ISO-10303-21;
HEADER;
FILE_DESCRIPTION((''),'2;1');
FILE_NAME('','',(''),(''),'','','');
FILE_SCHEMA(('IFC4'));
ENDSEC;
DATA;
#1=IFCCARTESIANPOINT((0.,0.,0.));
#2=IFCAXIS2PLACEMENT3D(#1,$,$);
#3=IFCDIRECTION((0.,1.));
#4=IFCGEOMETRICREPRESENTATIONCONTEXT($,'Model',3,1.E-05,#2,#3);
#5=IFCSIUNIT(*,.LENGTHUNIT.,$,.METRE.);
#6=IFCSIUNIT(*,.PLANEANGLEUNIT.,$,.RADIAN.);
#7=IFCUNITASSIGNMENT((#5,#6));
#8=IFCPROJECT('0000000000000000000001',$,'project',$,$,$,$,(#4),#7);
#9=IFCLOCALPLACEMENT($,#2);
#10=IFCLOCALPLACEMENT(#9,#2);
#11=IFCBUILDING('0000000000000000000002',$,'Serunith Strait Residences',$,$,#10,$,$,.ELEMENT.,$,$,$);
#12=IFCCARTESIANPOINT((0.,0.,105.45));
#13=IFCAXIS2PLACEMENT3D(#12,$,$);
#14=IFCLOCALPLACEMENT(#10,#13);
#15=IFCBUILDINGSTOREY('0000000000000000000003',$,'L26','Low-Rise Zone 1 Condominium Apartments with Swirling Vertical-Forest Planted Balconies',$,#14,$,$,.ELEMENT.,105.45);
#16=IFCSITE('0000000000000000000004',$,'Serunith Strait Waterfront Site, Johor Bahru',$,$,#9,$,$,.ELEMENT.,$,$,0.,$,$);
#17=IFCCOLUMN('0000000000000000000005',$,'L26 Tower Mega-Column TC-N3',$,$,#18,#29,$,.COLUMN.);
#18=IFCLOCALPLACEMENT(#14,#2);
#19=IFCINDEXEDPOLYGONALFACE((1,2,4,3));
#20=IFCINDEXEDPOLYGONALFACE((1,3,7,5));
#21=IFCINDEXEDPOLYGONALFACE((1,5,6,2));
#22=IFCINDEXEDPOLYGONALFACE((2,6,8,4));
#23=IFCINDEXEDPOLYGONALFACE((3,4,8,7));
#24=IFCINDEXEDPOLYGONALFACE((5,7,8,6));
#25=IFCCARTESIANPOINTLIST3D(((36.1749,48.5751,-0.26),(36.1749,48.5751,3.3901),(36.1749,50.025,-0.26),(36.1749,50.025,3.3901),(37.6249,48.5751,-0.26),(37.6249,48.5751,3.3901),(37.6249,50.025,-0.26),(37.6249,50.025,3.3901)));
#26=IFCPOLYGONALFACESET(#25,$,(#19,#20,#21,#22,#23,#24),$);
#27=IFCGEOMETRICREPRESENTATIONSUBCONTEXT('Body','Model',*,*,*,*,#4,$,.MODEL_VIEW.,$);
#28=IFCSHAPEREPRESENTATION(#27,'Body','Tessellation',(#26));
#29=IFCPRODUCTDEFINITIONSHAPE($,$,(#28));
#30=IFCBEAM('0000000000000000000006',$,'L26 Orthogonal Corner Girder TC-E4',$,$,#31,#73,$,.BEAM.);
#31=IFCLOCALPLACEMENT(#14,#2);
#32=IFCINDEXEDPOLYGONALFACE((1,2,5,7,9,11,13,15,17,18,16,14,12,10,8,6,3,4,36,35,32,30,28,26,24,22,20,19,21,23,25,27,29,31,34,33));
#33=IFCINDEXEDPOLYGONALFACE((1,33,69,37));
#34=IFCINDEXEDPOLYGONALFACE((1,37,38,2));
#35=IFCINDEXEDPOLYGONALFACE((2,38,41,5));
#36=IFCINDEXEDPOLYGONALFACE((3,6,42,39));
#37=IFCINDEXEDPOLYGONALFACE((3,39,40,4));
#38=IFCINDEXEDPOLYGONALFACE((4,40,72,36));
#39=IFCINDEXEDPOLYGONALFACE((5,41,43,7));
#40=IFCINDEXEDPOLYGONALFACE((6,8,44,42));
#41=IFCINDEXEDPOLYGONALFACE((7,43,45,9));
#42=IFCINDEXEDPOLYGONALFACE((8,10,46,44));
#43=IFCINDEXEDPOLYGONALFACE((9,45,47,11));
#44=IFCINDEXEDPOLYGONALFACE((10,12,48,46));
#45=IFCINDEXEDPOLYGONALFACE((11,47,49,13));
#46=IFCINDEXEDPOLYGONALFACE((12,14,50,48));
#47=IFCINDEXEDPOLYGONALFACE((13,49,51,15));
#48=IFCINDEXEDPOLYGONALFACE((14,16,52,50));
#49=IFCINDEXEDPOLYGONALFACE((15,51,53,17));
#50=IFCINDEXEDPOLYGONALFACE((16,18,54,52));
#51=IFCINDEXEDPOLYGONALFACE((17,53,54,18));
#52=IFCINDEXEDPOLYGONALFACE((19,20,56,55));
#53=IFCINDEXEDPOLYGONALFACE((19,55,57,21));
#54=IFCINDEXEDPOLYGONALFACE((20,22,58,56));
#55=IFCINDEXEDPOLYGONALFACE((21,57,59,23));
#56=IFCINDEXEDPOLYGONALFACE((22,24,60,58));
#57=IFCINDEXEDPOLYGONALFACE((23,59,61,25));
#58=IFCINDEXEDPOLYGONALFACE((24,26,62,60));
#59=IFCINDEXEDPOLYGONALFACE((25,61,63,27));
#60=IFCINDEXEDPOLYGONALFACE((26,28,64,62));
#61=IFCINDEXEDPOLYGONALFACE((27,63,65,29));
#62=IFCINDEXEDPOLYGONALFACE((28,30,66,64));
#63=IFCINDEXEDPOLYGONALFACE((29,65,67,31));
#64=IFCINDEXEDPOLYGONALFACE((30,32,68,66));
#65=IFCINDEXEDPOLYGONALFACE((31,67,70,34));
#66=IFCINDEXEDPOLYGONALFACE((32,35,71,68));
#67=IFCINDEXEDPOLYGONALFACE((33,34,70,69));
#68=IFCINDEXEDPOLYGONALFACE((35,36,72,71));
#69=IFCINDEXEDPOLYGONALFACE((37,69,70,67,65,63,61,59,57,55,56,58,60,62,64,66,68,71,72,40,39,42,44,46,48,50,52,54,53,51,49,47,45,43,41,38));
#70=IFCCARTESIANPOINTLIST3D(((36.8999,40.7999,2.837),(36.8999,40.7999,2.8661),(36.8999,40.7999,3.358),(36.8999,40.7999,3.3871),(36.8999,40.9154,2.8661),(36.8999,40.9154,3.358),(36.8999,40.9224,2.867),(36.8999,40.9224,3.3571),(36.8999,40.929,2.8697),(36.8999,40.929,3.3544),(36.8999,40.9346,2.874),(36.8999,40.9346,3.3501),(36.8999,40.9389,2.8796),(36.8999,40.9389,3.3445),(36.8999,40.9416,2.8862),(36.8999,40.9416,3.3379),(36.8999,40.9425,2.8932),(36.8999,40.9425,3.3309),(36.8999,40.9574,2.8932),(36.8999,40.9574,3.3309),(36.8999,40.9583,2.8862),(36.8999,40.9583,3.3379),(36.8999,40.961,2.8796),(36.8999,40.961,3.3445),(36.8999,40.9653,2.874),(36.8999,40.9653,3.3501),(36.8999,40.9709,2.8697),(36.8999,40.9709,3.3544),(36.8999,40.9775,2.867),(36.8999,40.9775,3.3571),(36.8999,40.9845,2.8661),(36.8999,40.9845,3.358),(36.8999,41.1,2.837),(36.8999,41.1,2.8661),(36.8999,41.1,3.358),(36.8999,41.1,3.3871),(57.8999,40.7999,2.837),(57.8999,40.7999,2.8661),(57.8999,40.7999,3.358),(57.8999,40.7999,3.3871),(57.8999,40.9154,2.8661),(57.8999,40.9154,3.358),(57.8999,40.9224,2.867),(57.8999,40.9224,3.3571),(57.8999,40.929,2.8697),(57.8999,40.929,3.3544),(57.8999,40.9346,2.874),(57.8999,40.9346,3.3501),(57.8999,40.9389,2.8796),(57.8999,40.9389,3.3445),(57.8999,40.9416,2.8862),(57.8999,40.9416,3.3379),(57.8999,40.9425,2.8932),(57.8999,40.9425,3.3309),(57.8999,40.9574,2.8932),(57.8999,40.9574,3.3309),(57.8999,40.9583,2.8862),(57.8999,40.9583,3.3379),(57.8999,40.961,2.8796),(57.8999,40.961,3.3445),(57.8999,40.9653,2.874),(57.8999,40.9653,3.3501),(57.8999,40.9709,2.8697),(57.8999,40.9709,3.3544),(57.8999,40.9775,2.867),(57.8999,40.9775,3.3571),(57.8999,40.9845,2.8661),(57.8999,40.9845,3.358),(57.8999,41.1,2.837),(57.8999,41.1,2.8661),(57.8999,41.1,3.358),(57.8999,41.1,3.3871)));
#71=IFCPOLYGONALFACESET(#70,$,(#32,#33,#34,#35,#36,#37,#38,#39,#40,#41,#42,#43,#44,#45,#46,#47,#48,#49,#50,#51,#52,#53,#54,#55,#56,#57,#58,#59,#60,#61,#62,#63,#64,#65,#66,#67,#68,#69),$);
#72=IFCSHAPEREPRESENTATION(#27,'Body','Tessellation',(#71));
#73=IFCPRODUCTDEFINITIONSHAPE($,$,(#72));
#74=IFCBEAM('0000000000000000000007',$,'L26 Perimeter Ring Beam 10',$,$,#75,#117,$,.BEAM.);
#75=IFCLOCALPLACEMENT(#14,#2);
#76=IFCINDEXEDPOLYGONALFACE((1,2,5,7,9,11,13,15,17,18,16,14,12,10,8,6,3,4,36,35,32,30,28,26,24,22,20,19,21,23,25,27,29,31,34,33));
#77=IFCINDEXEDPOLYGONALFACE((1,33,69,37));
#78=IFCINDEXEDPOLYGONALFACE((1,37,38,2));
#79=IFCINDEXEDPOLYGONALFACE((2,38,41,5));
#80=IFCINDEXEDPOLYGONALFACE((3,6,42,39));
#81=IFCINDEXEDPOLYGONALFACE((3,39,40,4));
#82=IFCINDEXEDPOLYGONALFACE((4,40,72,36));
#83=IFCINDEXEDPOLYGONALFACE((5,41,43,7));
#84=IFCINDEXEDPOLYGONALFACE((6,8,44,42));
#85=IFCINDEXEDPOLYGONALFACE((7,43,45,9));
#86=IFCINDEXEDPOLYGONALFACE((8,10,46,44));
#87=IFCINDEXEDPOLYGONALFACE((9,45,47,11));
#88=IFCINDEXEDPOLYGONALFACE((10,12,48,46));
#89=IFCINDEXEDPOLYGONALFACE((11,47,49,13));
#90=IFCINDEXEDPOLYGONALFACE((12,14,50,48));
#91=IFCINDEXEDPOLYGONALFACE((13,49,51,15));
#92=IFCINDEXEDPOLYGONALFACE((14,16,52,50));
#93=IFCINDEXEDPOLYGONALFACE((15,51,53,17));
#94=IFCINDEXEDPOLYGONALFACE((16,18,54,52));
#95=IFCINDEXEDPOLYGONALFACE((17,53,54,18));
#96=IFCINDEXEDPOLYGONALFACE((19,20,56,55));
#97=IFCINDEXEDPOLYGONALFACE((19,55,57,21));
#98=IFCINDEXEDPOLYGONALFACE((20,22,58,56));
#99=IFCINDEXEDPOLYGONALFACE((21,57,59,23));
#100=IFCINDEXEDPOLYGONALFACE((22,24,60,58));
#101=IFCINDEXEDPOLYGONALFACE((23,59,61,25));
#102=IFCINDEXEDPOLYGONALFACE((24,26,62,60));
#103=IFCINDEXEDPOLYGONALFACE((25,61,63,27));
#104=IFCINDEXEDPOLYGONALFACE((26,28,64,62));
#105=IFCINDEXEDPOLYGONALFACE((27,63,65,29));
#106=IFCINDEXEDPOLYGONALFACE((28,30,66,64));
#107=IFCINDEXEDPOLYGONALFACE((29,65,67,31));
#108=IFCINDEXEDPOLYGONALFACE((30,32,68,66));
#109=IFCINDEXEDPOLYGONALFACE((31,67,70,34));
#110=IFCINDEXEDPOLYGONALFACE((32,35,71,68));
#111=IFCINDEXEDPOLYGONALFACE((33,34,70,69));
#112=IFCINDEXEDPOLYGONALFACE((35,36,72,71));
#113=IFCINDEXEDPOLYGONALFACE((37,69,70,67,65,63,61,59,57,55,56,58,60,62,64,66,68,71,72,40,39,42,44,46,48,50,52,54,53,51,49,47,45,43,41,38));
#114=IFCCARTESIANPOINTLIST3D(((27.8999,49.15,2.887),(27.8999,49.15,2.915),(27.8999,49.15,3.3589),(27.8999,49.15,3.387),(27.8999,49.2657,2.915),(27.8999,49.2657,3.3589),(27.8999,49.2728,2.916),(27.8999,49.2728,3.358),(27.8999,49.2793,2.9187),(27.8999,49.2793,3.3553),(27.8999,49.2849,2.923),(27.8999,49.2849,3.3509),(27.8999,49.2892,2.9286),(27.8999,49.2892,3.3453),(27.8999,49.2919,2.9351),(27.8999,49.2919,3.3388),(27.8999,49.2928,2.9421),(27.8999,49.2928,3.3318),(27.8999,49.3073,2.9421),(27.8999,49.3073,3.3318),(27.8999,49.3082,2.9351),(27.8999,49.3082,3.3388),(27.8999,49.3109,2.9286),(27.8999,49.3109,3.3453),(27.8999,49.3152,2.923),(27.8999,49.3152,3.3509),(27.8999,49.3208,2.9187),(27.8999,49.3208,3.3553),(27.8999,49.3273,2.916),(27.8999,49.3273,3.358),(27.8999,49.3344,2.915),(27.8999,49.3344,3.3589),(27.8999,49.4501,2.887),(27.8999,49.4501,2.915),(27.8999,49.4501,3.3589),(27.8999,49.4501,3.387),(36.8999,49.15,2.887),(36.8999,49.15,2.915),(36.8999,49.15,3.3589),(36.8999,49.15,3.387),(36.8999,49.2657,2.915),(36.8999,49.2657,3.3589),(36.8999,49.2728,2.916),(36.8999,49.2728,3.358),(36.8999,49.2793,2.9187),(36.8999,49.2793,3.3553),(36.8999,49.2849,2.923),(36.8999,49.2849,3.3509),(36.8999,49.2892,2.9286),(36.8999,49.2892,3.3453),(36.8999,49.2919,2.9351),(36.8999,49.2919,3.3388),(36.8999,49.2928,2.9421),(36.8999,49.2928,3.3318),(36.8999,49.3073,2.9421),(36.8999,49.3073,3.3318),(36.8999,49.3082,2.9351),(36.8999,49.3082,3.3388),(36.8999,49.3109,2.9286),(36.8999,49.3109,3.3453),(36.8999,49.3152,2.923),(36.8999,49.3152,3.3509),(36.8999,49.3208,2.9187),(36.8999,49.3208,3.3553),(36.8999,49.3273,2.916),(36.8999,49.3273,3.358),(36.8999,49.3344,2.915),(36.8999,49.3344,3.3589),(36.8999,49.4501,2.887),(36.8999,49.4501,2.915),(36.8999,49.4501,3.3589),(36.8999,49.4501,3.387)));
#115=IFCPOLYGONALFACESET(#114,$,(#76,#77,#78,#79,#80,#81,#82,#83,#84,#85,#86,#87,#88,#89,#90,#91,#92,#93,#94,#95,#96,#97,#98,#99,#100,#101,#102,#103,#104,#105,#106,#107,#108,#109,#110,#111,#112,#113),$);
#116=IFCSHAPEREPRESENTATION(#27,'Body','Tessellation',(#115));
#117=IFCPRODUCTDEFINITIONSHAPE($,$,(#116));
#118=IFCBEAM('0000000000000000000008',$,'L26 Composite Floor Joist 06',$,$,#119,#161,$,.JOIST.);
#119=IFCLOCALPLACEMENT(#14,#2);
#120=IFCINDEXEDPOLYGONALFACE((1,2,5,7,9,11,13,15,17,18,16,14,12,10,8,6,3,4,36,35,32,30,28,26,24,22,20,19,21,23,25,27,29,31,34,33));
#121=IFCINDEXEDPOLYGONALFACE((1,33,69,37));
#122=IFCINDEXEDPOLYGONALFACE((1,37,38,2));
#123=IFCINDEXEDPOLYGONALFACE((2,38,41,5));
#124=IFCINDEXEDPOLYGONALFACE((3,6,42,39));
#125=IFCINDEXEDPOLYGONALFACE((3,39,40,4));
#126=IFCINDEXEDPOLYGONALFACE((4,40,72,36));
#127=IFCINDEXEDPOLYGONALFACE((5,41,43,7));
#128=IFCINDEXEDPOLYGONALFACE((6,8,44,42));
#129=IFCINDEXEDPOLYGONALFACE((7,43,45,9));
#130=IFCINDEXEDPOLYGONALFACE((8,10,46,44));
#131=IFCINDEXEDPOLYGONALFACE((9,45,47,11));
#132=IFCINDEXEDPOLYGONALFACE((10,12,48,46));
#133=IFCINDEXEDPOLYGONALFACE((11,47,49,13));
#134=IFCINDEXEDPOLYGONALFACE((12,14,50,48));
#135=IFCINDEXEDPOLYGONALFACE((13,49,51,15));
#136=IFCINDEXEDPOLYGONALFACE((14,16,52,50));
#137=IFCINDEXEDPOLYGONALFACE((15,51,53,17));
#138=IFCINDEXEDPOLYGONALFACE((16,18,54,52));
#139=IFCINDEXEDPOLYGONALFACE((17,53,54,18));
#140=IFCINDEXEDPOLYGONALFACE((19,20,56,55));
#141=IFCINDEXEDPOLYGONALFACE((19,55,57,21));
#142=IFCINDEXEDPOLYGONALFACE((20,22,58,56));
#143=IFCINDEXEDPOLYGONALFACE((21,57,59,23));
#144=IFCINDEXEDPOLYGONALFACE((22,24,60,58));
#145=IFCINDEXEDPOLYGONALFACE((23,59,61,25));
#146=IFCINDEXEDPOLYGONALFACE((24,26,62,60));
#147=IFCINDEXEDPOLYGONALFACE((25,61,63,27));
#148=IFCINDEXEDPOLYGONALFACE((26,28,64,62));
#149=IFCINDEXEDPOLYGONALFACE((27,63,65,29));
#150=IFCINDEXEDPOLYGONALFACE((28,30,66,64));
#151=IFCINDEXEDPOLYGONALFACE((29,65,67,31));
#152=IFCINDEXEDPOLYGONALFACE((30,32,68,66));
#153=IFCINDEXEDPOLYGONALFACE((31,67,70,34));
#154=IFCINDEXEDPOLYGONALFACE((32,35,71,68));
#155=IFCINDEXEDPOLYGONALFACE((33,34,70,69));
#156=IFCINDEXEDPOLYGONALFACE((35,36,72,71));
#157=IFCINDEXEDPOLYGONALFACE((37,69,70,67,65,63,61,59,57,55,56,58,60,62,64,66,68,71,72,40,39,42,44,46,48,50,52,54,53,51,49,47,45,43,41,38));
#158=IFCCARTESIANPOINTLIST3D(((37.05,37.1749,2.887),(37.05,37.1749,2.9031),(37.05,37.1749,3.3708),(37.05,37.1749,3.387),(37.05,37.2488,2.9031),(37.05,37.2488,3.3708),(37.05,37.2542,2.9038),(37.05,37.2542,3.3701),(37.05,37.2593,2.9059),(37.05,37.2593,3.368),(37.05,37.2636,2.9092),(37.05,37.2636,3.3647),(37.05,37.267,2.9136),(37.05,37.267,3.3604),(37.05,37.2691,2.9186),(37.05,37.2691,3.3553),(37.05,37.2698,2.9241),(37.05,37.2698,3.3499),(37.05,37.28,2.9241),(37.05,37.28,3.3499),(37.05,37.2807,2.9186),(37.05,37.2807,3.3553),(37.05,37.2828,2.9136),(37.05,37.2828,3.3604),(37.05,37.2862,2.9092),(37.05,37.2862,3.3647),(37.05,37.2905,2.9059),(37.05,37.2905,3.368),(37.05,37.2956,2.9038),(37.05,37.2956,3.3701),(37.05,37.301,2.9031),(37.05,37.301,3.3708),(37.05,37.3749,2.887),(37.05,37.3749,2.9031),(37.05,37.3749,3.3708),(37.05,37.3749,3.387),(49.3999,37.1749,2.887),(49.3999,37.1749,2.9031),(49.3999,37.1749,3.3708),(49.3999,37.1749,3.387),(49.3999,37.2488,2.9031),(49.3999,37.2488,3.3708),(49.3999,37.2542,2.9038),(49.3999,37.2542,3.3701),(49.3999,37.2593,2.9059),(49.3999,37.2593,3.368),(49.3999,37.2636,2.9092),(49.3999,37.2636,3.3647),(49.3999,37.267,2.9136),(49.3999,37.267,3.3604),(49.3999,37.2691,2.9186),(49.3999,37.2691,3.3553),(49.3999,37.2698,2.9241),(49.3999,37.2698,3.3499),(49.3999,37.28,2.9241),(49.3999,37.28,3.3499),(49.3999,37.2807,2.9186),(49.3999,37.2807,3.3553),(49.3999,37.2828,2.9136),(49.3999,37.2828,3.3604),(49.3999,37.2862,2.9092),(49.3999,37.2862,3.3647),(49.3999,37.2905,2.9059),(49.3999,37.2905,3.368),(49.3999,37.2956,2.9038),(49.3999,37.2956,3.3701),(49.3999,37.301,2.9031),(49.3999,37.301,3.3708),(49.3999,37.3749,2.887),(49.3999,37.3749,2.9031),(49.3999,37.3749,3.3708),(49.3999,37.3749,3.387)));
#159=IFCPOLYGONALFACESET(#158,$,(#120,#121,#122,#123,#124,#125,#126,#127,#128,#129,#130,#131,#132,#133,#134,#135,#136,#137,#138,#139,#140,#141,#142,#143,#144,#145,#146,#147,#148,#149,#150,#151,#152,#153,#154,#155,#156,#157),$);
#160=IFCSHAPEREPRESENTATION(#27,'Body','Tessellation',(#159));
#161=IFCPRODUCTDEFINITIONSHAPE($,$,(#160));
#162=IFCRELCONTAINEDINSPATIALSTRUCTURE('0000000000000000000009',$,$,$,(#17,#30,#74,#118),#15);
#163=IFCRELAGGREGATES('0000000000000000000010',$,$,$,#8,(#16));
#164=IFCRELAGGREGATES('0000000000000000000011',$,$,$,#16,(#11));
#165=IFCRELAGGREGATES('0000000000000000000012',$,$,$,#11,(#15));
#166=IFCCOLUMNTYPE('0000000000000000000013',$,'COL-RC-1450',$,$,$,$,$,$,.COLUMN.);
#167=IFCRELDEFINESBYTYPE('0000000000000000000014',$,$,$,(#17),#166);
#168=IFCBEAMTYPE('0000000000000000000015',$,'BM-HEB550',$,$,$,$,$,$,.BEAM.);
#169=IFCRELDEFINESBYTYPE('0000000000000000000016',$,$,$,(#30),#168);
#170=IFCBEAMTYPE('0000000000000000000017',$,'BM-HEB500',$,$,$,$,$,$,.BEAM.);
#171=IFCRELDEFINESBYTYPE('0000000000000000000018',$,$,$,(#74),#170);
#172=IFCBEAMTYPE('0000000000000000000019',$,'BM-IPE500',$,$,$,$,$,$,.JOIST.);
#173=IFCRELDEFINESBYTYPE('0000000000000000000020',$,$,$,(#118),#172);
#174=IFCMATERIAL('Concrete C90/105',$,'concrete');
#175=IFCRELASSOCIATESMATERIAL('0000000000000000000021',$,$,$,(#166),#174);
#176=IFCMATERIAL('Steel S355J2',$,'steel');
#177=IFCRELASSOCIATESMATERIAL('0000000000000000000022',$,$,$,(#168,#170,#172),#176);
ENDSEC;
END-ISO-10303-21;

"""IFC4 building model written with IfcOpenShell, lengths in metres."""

from ifc_helpers import new_model, si_unit, direction, frame, origin, origin_2d, place, context, subcontext, project, spatial, rectangle, i_section, extrude, source, transform, mapped, material, material_profile, profile_set, type_object, element, save


model = new_model("IFC4")

# Units and contexts
model_context = context("Model", 3, precision=1e-05, world=origin(), true_north=direction((0.0, 1.0)))
body_context = subcontext(model_context, "Body", "Model", "MODEL_VIEW")
ifc_project = project(units=[si_unit("LENGTHUNIT", "METRE"), si_unit("PLANEANGLEUNIT", "RADIAN")], contexts=[model_context])

# Site, building, storey
site_placement = place(None, origin())
site = spatial("IfcSite", under=ifc_project, at=site_placement, Name="Serunith Strait Waterfront Site, Johor Bahru", CompositionType="ELEMENT", RefElevation=0.0)
building_placement = place(site_placement, origin())
building = spatial("IfcBuilding", under=site, at=building_placement, Name="Serunith Strait Residences", CompositionType="ELEMENT")
storey_placement = place(building_placement, frame((0.0, 0.0, 105.45)))
storey = spatial("IfcBuildingStorey", under=building, at=storey_placement, Name="L26", Description="Low-Rise Zone 1 Condominium Apartments with Swirling Vertical-Forest Planted Balconies", CompositionType="ELEMENT", Elevation=105.45)

# Column
ifc_material_1 = material(Name="Concrete C90/105", Category="concrete")
ifc_material_profile_1 = material_profile(ifc_material_1, rectangle(XDim=1.45, YDim=1.45, at=origin_2d()), Name="RC 1450x1450")
ifc_profile_set_1 = profile_set([ifc_material_profile_1], Name="Concrete C90/105")
column_type = type_object("IfcColumnType", Name="COL-RC-1450", PredefinedType="COLUMN", material=ifc_profile_set_1)
shared_shape_1 = source(origin(), body_context, "Body", "SweptSolid", [
    extrude(rectangle(XDim=1.45, YDim=1.45, at=origin_2d()), origin(), (0.0, 0.0, 1.0), 3.6501),
])
column_placement = place(storey_placement, frame((36.8999, 49.3, -0.26), z_axis=(0.0, 0.0, 1.0), x_axis=(1.0, 0.0, 0.0)))
element("IfcColumn", 1, at=column_placement, inside=storey, type_object=column_type, Name="L26 Tower Mega-Column TC-N3", PredefinedType="COLUMN", context=body_context, shape_type="MappedRepresentation", body=[
    mapped(shared_shape_1, transform((0.0, 0.0, 0.0), scale=1.0)),
])

# Beams
ifc_material_2 = material(Name="Steel S355J2", Category="steel")
ifc_material_profile_2 = material_profile(ifc_material_2, i_section(OverallWidth=0.3, OverallDepth=0.55, WebThickness=0.0149, FlangeThickness=0.0291, FilletRadius=0.0271, at=origin_2d()), Name="HEB 550")
ifc_profile_set_2 = profile_set([ifc_material_profile_2], Name="Steel S355J2")
beam_type_1 = type_object("IfcBeamType", Name="BM-HEB550", PredefinedType="BEAM", material=ifc_profile_set_2)
shared_shape_2 = source(origin(), body_context, "Body", "SweptSolid", [
    extrude(i_section(OverallWidth=0.3, OverallDepth=0.55, WebThickness=0.0149, FlangeThickness=0.0291, FilletRadius=0.0271, at=origin_2d()), origin(), (0.0, 0.0, 1.0), 21.0),
])
beam_1_placement = place(storey_placement, frame((36.8999, 40.95, 3.1121), z_axis=(1.0, 0.0, 0.0), x_axis=(0.0, 1.0, 0.0)))
element("IfcBeam", 2, at=beam_1_placement, inside=storey, type_object=beam_type_1, Name="L26 Orthogonal Corner Girder TC-E4", PredefinedType="BEAM", context=body_context, shape_type="MappedRepresentation", body=[
    mapped(shared_shape_2, transform((0.0, 0.0, 0.0), scale=1.0)),
])
ifc_material_profile_3 = material_profile(ifc_material_2, i_section(OverallWidth=0.3, OverallDepth=0.5, WebThickness=0.0144, FlangeThickness=0.0281, FilletRadius=0.0271, at=origin_2d()), Name="HEB 500")
ifc_profile_set_3 = profile_set([ifc_material_profile_3], Name="Steel S355J2")
beam_type_2 = type_object("IfcBeamType", Name="BM-HEB500", PredefinedType="BEAM", material=ifc_profile_set_3)
shared_shape_3 = source(origin(), body_context, "Body", "SweptSolid", [
    extrude(i_section(OverallWidth=0.3, OverallDepth=0.5, WebThickness=0.0144, FlangeThickness=0.0281, FilletRadius=0.0271, at=origin_2d()), origin(), (0.0, 0.0, 1.0), 9.0),
])
beam_2_placement = place(storey_placement, frame((36.8999, 49.3, 3.137), z_axis=(-1.0, 0.0, 0.0), x_axis=(0.0, -1.0, 0.0)))
element("IfcBeam", 3, at=beam_2_placement, inside=storey, type_object=beam_type_2, Name="L26 Perimeter Ring Beam 10", PredefinedType="BEAM", context=body_context, shape_type="MappedRepresentation", body=[
    mapped(shared_shape_3, transform((0.0, 0.0, 0.0), scale=1.0)),
])
ifc_material_profile_4 = material_profile(ifc_material_2, i_section(OverallWidth=0.2, OverallDepth=0.5, WebThickness=0.0103, FlangeThickness=0.0161, FilletRadius=0.021, at=origin_2d()), Name="IPE 500")
ifc_profile_set_4 = profile_set([ifc_material_profile_4], Name="Steel S355J2")
beam_type_3 = type_object("IfcBeamType", Name="BM-IPE500", PredefinedType="JOIST", material=ifc_profile_set_4)
shared_shape_4 = source(origin(), body_context, "Body", "SweptSolid", [
    extrude(i_section(OverallWidth=0.2, OverallDepth=0.5, WebThickness=0.0103, FlangeThickness=0.0161, FilletRadius=0.021, at=origin_2d()), origin(), (0.0, 0.0, 1.0), 12.3499),
])
beam_3_placement = place(storey_placement, frame((37.05, 37.2749, 3.137), z_axis=(1.0, 0.0, 0.0), x_axis=(0.0, 1.0, 0.0)))
element("IfcBeam", 4, at=beam_3_placement, inside=storey, type_object=beam_type_3, Name="L26 Composite Floor Joist 06", PredefinedType="JOIST", context=body_context, shape_type="MappedRepresentation", body=[
    mapped(shared_shape_4, transform((0.0, 0.0, 0.0), scale=1.0)),
])

save(model, "model.ifc")
